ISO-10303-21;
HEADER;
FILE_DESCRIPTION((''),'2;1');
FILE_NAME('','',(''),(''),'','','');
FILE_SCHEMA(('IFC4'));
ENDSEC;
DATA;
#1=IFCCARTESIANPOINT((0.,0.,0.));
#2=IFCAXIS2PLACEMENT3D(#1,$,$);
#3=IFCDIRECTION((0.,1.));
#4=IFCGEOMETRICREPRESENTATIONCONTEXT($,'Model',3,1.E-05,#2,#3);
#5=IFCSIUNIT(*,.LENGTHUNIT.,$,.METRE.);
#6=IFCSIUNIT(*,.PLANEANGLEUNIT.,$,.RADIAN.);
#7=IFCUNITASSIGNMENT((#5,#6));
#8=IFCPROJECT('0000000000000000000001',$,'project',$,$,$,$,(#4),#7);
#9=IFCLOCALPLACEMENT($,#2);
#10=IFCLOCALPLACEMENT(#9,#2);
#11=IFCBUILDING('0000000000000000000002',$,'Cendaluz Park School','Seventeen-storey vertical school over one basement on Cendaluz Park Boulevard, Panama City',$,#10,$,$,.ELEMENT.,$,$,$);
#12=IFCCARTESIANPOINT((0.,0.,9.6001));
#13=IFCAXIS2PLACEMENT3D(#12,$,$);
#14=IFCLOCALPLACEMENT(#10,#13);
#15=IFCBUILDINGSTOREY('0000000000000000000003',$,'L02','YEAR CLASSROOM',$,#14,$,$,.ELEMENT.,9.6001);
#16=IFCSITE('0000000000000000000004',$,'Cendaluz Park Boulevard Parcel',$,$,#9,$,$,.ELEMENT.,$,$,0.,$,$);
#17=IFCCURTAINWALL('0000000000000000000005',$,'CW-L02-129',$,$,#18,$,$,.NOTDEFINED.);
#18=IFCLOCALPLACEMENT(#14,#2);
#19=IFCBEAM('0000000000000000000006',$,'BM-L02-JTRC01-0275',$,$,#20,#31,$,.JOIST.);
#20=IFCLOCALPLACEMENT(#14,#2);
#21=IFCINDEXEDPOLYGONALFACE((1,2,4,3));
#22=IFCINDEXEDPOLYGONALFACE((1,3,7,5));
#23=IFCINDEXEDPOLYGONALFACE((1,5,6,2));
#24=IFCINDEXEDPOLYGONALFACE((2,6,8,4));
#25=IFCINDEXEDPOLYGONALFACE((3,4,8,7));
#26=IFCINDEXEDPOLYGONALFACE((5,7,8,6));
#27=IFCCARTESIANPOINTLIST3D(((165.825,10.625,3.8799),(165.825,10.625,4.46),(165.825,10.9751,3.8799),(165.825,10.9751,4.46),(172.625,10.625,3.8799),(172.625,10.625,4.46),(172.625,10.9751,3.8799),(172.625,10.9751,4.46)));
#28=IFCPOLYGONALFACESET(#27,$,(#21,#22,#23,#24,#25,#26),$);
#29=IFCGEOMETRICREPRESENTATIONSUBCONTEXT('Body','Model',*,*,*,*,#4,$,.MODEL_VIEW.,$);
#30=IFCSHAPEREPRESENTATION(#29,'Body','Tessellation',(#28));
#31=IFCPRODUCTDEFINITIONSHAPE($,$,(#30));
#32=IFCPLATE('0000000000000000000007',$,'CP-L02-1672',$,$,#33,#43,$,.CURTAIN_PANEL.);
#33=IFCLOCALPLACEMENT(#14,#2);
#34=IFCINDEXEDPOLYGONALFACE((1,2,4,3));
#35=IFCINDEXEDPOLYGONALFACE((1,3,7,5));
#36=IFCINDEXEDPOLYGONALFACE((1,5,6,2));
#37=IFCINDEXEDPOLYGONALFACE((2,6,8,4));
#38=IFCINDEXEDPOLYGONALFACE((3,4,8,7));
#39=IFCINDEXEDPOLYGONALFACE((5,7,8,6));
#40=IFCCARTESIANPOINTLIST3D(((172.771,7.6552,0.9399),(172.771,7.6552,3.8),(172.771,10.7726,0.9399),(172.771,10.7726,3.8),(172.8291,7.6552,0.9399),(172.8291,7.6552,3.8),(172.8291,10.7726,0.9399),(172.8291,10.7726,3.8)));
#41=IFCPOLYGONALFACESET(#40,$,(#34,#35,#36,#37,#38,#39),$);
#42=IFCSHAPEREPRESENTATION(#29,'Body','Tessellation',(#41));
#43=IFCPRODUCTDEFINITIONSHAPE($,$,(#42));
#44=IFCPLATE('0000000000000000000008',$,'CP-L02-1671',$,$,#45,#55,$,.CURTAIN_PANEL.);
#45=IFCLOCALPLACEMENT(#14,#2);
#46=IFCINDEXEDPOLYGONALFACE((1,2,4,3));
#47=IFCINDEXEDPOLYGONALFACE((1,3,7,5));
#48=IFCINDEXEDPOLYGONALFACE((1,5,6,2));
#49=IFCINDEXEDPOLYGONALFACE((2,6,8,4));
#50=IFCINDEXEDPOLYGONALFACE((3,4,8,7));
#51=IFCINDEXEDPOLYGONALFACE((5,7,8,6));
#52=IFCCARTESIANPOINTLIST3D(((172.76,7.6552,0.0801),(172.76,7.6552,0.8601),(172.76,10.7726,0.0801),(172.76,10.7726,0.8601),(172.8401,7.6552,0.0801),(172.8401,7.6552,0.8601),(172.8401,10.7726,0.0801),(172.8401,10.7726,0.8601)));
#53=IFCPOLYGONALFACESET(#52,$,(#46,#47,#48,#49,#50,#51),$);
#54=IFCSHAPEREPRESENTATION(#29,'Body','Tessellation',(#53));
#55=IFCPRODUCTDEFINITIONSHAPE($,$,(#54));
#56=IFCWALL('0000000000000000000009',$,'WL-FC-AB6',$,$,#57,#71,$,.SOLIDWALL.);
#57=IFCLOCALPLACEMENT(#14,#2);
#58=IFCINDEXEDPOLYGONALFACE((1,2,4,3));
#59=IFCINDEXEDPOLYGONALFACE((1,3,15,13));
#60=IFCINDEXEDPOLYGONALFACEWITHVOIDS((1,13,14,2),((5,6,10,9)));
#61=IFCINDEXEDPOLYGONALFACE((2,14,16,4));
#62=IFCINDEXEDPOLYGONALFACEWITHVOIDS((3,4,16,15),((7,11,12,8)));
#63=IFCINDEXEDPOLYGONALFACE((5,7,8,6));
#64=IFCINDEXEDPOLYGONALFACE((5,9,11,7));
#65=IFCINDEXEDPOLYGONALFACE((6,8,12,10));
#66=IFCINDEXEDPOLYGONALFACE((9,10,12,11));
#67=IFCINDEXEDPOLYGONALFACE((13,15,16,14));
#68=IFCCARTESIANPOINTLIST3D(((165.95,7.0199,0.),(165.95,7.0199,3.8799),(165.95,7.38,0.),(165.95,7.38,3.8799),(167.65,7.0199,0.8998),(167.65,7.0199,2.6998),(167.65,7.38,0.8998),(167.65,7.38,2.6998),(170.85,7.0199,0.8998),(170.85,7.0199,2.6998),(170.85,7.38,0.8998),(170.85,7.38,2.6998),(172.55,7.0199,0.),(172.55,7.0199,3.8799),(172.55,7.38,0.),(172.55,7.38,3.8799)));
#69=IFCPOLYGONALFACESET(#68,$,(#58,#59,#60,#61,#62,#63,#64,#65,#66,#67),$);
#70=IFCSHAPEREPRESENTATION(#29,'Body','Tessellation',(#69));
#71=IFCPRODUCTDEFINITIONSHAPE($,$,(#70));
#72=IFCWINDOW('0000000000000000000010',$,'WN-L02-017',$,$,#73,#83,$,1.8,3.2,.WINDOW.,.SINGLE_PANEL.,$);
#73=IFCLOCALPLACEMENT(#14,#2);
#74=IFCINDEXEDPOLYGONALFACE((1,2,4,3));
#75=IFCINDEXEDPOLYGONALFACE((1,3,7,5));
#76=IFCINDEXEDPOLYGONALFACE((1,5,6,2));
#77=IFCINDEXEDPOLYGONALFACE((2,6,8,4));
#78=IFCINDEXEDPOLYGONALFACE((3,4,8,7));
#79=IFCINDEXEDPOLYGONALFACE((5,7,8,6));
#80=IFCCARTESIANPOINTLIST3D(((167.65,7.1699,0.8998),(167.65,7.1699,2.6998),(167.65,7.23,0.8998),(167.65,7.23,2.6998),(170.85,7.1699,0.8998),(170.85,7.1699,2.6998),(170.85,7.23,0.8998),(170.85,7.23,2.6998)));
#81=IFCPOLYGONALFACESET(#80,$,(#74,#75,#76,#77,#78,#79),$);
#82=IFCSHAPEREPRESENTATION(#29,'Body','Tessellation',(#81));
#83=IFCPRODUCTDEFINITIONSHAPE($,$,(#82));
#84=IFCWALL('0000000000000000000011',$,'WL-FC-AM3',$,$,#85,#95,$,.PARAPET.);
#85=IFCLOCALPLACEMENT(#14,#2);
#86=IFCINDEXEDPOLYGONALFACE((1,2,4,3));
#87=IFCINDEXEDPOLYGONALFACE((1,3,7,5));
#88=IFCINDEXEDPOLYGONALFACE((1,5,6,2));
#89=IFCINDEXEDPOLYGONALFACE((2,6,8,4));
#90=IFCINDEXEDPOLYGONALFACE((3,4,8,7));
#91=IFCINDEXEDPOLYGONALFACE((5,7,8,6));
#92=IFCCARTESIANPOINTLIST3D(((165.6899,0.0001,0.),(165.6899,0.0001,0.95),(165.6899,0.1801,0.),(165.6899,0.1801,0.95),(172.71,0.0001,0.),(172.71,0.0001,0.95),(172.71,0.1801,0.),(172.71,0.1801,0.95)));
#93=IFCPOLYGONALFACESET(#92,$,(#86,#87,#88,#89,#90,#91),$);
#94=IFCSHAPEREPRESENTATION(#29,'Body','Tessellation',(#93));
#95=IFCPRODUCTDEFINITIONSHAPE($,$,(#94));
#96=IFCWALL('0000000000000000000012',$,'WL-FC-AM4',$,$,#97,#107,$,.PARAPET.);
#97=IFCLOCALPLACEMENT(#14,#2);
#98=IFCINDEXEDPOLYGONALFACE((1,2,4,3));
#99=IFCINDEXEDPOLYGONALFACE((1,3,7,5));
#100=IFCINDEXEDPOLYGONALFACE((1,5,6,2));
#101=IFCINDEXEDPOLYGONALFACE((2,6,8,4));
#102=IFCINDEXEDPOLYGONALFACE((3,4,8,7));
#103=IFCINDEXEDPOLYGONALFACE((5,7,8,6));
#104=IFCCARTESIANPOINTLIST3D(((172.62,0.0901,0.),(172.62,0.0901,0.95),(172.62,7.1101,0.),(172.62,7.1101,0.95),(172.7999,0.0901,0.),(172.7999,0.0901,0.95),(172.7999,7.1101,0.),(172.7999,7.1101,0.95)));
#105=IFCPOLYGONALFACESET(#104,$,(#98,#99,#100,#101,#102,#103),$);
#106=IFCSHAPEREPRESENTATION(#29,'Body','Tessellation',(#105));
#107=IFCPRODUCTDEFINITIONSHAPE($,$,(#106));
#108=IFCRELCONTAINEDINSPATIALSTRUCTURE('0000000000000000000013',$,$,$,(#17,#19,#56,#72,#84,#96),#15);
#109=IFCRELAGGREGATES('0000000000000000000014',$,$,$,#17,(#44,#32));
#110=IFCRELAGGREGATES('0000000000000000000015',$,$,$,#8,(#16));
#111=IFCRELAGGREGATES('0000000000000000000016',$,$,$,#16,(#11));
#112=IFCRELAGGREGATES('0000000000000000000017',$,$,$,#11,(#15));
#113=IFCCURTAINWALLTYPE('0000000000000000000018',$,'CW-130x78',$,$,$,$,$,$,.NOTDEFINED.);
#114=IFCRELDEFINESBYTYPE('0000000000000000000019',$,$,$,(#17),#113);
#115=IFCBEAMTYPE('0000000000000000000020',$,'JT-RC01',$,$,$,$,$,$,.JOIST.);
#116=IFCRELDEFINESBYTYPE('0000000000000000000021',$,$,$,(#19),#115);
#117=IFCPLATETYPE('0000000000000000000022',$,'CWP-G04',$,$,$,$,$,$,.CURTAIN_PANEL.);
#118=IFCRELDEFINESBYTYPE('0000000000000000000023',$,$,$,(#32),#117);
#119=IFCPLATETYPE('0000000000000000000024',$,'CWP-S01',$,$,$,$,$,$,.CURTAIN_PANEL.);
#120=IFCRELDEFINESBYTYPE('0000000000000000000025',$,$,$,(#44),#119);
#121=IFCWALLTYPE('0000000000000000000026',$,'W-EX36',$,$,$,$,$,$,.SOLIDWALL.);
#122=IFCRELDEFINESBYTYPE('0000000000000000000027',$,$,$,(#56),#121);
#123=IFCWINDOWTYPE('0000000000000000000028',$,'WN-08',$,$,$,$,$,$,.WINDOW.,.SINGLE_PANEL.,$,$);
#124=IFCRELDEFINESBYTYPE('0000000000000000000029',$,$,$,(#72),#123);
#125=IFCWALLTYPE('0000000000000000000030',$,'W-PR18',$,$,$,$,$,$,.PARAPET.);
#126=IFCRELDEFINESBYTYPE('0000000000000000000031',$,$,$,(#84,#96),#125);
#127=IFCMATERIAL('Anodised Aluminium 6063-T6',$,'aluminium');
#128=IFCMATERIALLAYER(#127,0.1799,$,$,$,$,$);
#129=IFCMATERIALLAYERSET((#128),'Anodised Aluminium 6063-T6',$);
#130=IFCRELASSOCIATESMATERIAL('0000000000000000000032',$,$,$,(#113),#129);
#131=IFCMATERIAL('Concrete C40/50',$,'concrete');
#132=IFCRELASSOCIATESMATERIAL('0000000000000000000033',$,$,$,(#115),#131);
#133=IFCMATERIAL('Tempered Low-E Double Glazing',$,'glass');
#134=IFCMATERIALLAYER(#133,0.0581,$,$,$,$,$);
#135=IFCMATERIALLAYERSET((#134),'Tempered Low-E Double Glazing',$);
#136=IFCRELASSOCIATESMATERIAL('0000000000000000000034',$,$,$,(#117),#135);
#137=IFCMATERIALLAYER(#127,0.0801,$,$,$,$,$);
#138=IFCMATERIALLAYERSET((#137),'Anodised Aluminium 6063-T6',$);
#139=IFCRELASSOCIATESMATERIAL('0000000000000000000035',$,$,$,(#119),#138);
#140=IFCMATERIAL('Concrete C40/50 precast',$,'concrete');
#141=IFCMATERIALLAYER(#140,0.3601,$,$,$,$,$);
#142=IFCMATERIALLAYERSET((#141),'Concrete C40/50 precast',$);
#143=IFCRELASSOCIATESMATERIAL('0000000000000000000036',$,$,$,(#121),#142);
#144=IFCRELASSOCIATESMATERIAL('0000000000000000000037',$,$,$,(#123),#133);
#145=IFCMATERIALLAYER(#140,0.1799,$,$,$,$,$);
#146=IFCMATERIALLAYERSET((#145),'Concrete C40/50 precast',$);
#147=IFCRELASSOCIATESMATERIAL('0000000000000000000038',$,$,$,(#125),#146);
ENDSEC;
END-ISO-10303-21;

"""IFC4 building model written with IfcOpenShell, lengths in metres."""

from ifc_helpers import new_model, si_unit, direction, frame, frame_2d, origin, origin_2d, place, context, subcontext, project, spatial, rectangle, extrude, material, layer, layer_set, material_profile, profile_set, type_object, element, fill, aggregate, save


model = new_model("IFC4")

# Units and contexts
model_context = context("Model", 3, precision=1e-05, world=origin(), true_north=direction((0.0, 1.0)))
body_context = subcontext(model_context, "Body", "Model", "MODEL_VIEW")
ifc_project = project(units=[si_unit("LENGTHUNIT", "METRE"), si_unit("PLANEANGLEUNIT", "RADIAN")], contexts=[model_context])

# Site, building, storey
site_placement = place(None, origin())
site = spatial("IfcSite", under=ifc_project, at=site_placement, Name="Cendaluz Park Boulevard Parcel", CompositionType="ELEMENT", RefElevation=0.0)
building_placement = place(site_placement, origin())
building = spatial("IfcBuilding", under=site, at=building_placement, Name="Cendaluz Park School", Description="Seventeen-storey vertical school over one basement on Cendaluz Park Boulevard, Panama City", CompositionType="ELEMENT")
storey_placement = place(building_placement, frame((0.0, 0.0, 9.6001)))
storey = spatial("IfcBuildingStorey", under=building, at=storey_placement, Name="L02", Description="YEAR CLASSROOM", CompositionType="ELEMENT", Elevation=9.6001)

# Shared definitions
ifc_material_1 = material(Name="Concrete C40/50", Category="concrete")

# Shared definitions
ifc_material_2 = material(Name="Anodised Aluminium 6063-T6", Category="aluminium")
ifc_layer_1 = layer(ifc_material_2, 0.1799)
ifc_layer_set_1 = layer_set([ifc_layer_1], Name="Anodised Aluminium 6063-T6")
curtain_wall_type = type_object("IfcCurtainWallType", Name="CW-130x78", PredefinedType="NOTDEFINED", material=ifc_layer_set_1)

# Curtain wall
curtain_wall_1_placement = place(storey_placement, origin())
curtain_wall_1 = element("IfcCurtainWall", 1, at=curtain_wall_1_placement, inside=storey, type_object=curtain_wall_type, Name="CW-L02-129", PredefinedType="NOTDEFINED")

# Beam
ifc_material_profile_1 = material_profile(ifc_material_1, rectangle(XDim=0.3501, YDim=0.5801, at=origin_2d()), Name="RC 350x580", Category="concrete")
ifc_profile_set_1 = profile_set([ifc_material_profile_1], Name="Concrete C40/50")
beam_type_1 = type_object("IfcBeamType", Name="JT-RC01", PredefinedType="JOIST", material=ifc_profile_set_1)
beam_1_placement = place(storey_placement, frame((165.825, 10.8, 4.1699), z_axis=(1.0, 0.0, 0.0), x_axis=(0.0, 1.0, 0.0)))
element("IfcBeam", 2, at=beam_1_placement, inside=storey, type_object=beam_type_1, Name="BM-L02-JTRC01-0275", PredefinedType="JOIST", context=body_context, shape_type="SweptSolid", body=[
    extrude(rectangle(XDim=0.3501, YDim=0.5801, at=origin_2d()), origin(), (0.0, 0.0, 1.0), 6.8),
])

# Plates
ifc_material_3 = material(Name="Tempered Low-E Double Glazing", Category="glass")
ifc_layer_2 = layer(ifc_material_3, 0.0581)
ifc_layer_set_2 = layer_set([ifc_layer_2], Name="Tempered Low-E Double Glazing")
plate_type_1 = type_object("IfcPlateType", Name="CWP-G04", PredefinedType="CURTAIN_PANEL", material=ifc_layer_set_2)
plate_1_placement = place(storey_placement, frame((172.8, 9.2139, 0.9399), z_axis=(0.0, 0.0, 1.0), x_axis=(0.0, 1.0, 0.0)))
plate_1 = element("IfcPlate", 3, at=plate_1_placement, type_object=plate_type_1, Name="CP-L02-1672", PredefinedType="CURTAIN_PANEL", context=body_context, shape_type="SweptSolid", body=[
    extrude(rectangle(XDim=3.1174, YDim=0.0581, at=origin_2d()), origin(), (0.0, 0.0, 1.0), 2.8601),
])
ifc_layer_3 = layer(ifc_material_2, 0.0801)
ifc_layer_set_3 = layer_set([ifc_layer_3], Name="Anodised Aluminium 6063-T6")
plate_type_2 = type_object("IfcPlateType", Name="CWP-S01", PredefinedType="CURTAIN_PANEL", material=ifc_layer_set_3)
plate_2_placement = place(storey_placement, frame((172.8, 9.2139, 0.0801), z_axis=(0.0, 0.0, 1.0), x_axis=(0.0, 1.0, 0.0)))
plate_2 = element("IfcPlate", 4, at=plate_2_placement, type_object=plate_type_2, Name="CP-L02-1671", PredefinedType="CURTAIN_PANEL", context=body_context, shape_type="SweptSolid", body=[
    extrude(rectangle(XDim=3.1174, YDim=0.0801, at=origin_2d()), origin(), (0.0, 0.0, 1.0), 0.78),
])
aggregate(curtain_wall_1, [plate_2, plate_1])

# Wall, opening, window
ifc_material_4 = material(Name="Concrete C40/50 precast", Category="concrete")
ifc_layer_4 = layer(ifc_material_4, 0.3601)
ifc_layer_set_4 = layer_set([ifc_layer_4], Name="Concrete C40/50 precast")
wall_type_1 = type_object("IfcWallType", Name="W-EX36", PredefinedType="SOLIDWALL", material=ifc_layer_set_4)
wall_placement = place(storey_placement, frame((165.95, 7.2, 0.0), z_axis=(0.0, 0.0, 1.0), x_axis=(1.0, 0.0, 0.0)))
wall = element("IfcWall", 5, at=wall_placement, inside=storey, type_object=wall_type_1, Name="WL-FC-AB6", PredefinedType="SOLIDWALL", context=body_context, shape_type="SweptSolid", body=[
    extrude(rectangle(XDim=6.6001, YDim=0.3601, at=frame_2d((3.3, 0.0))), origin(), (0.0, 0.0, 1.0), 3.8799),
])
opening_placement = place(wall_placement, frame((1.7, 0.0, 0.8999)))
opening = element("IfcOpeningElement", 6, at=opening_placement, cuts=wall, PredefinedType="OPENING", context=body_context, shape_type="SweptSolid", body=[
    extrude(rectangle(XDim=3.2, YDim=1.8, at=frame_2d((1.6001, 0.8999))), frame((0.0, 0.1921, 0.0), z_axis=(0.0, -1.0, 0.0), x_axis=(1.0, 0.0, 0.0)), (0.0, 0.0, 1.0), 0.384),
])
window_type = type_object("IfcWindowType", Name="WN-08", PartitioningType="SINGLE_PANEL", PredefinedType="WINDOW", material=ifc_material_3)
window_placement = place(opening_placement, origin())
window = element("IfcWindow", 7, at=window_placement, inside=storey, type_object=window_type, Name="WN-L02-017", OverallHeight=1.8, OverallWidth=3.2, PartitioningType="SINGLE_PANEL", PredefinedType="WINDOW", context=body_context, shape_type="SweptSolid", body=[
    extrude(rectangle(XDim=3.2, YDim=1.8, at=frame_2d((1.6001, 0.8999))), frame((0.0, 0.03, 0.0), z_axis=(0.0, -1.0, 0.0), x_axis=(1.0, 0.0, 0.0)), (0.0, 0.0, 1.0), 0.0601),
])
fill(opening, window)

# Walls
ifc_layer_5 = layer(ifc_material_4, 0.1799)
ifc_layer_set_5 = layer_set([ifc_layer_5], Name="Concrete C40/50 precast")
wall_type_2 = type_object("IfcWallType", Name="W-PR18", PredefinedType="PARAPET", material=ifc_layer_set_5)
for number, where, z_axis, x_axis, name in (
    (8, (165.6899, 0.0901, 0.0), (0.0, 0.0, 1.0), (1.0, 0.0, 0.0), "WL-FC-AM3"),
    (9, (172.71, 0.0901, 0.0), (0.0, 0.0, 1.0), (0.0, 1.0, 0.0), "WL-FC-AM4"),
):
    element("IfcWall", number, at=place(storey_placement, frame(where, z_axis=z_axis, x_axis=x_axis)), inside=storey, type_object=wall_type_2, Name=name, PredefinedType="PARAPET", context=body_context, shape_type="SweptSolid", body=[
        extrude(rectangle(XDim=7.02, YDim=0.1799, at=frame_2d((3.51, 0.0))), origin(), (0.0, 0.0, 1.0), 0.95),
    ])

save(model, "model.ifc")
